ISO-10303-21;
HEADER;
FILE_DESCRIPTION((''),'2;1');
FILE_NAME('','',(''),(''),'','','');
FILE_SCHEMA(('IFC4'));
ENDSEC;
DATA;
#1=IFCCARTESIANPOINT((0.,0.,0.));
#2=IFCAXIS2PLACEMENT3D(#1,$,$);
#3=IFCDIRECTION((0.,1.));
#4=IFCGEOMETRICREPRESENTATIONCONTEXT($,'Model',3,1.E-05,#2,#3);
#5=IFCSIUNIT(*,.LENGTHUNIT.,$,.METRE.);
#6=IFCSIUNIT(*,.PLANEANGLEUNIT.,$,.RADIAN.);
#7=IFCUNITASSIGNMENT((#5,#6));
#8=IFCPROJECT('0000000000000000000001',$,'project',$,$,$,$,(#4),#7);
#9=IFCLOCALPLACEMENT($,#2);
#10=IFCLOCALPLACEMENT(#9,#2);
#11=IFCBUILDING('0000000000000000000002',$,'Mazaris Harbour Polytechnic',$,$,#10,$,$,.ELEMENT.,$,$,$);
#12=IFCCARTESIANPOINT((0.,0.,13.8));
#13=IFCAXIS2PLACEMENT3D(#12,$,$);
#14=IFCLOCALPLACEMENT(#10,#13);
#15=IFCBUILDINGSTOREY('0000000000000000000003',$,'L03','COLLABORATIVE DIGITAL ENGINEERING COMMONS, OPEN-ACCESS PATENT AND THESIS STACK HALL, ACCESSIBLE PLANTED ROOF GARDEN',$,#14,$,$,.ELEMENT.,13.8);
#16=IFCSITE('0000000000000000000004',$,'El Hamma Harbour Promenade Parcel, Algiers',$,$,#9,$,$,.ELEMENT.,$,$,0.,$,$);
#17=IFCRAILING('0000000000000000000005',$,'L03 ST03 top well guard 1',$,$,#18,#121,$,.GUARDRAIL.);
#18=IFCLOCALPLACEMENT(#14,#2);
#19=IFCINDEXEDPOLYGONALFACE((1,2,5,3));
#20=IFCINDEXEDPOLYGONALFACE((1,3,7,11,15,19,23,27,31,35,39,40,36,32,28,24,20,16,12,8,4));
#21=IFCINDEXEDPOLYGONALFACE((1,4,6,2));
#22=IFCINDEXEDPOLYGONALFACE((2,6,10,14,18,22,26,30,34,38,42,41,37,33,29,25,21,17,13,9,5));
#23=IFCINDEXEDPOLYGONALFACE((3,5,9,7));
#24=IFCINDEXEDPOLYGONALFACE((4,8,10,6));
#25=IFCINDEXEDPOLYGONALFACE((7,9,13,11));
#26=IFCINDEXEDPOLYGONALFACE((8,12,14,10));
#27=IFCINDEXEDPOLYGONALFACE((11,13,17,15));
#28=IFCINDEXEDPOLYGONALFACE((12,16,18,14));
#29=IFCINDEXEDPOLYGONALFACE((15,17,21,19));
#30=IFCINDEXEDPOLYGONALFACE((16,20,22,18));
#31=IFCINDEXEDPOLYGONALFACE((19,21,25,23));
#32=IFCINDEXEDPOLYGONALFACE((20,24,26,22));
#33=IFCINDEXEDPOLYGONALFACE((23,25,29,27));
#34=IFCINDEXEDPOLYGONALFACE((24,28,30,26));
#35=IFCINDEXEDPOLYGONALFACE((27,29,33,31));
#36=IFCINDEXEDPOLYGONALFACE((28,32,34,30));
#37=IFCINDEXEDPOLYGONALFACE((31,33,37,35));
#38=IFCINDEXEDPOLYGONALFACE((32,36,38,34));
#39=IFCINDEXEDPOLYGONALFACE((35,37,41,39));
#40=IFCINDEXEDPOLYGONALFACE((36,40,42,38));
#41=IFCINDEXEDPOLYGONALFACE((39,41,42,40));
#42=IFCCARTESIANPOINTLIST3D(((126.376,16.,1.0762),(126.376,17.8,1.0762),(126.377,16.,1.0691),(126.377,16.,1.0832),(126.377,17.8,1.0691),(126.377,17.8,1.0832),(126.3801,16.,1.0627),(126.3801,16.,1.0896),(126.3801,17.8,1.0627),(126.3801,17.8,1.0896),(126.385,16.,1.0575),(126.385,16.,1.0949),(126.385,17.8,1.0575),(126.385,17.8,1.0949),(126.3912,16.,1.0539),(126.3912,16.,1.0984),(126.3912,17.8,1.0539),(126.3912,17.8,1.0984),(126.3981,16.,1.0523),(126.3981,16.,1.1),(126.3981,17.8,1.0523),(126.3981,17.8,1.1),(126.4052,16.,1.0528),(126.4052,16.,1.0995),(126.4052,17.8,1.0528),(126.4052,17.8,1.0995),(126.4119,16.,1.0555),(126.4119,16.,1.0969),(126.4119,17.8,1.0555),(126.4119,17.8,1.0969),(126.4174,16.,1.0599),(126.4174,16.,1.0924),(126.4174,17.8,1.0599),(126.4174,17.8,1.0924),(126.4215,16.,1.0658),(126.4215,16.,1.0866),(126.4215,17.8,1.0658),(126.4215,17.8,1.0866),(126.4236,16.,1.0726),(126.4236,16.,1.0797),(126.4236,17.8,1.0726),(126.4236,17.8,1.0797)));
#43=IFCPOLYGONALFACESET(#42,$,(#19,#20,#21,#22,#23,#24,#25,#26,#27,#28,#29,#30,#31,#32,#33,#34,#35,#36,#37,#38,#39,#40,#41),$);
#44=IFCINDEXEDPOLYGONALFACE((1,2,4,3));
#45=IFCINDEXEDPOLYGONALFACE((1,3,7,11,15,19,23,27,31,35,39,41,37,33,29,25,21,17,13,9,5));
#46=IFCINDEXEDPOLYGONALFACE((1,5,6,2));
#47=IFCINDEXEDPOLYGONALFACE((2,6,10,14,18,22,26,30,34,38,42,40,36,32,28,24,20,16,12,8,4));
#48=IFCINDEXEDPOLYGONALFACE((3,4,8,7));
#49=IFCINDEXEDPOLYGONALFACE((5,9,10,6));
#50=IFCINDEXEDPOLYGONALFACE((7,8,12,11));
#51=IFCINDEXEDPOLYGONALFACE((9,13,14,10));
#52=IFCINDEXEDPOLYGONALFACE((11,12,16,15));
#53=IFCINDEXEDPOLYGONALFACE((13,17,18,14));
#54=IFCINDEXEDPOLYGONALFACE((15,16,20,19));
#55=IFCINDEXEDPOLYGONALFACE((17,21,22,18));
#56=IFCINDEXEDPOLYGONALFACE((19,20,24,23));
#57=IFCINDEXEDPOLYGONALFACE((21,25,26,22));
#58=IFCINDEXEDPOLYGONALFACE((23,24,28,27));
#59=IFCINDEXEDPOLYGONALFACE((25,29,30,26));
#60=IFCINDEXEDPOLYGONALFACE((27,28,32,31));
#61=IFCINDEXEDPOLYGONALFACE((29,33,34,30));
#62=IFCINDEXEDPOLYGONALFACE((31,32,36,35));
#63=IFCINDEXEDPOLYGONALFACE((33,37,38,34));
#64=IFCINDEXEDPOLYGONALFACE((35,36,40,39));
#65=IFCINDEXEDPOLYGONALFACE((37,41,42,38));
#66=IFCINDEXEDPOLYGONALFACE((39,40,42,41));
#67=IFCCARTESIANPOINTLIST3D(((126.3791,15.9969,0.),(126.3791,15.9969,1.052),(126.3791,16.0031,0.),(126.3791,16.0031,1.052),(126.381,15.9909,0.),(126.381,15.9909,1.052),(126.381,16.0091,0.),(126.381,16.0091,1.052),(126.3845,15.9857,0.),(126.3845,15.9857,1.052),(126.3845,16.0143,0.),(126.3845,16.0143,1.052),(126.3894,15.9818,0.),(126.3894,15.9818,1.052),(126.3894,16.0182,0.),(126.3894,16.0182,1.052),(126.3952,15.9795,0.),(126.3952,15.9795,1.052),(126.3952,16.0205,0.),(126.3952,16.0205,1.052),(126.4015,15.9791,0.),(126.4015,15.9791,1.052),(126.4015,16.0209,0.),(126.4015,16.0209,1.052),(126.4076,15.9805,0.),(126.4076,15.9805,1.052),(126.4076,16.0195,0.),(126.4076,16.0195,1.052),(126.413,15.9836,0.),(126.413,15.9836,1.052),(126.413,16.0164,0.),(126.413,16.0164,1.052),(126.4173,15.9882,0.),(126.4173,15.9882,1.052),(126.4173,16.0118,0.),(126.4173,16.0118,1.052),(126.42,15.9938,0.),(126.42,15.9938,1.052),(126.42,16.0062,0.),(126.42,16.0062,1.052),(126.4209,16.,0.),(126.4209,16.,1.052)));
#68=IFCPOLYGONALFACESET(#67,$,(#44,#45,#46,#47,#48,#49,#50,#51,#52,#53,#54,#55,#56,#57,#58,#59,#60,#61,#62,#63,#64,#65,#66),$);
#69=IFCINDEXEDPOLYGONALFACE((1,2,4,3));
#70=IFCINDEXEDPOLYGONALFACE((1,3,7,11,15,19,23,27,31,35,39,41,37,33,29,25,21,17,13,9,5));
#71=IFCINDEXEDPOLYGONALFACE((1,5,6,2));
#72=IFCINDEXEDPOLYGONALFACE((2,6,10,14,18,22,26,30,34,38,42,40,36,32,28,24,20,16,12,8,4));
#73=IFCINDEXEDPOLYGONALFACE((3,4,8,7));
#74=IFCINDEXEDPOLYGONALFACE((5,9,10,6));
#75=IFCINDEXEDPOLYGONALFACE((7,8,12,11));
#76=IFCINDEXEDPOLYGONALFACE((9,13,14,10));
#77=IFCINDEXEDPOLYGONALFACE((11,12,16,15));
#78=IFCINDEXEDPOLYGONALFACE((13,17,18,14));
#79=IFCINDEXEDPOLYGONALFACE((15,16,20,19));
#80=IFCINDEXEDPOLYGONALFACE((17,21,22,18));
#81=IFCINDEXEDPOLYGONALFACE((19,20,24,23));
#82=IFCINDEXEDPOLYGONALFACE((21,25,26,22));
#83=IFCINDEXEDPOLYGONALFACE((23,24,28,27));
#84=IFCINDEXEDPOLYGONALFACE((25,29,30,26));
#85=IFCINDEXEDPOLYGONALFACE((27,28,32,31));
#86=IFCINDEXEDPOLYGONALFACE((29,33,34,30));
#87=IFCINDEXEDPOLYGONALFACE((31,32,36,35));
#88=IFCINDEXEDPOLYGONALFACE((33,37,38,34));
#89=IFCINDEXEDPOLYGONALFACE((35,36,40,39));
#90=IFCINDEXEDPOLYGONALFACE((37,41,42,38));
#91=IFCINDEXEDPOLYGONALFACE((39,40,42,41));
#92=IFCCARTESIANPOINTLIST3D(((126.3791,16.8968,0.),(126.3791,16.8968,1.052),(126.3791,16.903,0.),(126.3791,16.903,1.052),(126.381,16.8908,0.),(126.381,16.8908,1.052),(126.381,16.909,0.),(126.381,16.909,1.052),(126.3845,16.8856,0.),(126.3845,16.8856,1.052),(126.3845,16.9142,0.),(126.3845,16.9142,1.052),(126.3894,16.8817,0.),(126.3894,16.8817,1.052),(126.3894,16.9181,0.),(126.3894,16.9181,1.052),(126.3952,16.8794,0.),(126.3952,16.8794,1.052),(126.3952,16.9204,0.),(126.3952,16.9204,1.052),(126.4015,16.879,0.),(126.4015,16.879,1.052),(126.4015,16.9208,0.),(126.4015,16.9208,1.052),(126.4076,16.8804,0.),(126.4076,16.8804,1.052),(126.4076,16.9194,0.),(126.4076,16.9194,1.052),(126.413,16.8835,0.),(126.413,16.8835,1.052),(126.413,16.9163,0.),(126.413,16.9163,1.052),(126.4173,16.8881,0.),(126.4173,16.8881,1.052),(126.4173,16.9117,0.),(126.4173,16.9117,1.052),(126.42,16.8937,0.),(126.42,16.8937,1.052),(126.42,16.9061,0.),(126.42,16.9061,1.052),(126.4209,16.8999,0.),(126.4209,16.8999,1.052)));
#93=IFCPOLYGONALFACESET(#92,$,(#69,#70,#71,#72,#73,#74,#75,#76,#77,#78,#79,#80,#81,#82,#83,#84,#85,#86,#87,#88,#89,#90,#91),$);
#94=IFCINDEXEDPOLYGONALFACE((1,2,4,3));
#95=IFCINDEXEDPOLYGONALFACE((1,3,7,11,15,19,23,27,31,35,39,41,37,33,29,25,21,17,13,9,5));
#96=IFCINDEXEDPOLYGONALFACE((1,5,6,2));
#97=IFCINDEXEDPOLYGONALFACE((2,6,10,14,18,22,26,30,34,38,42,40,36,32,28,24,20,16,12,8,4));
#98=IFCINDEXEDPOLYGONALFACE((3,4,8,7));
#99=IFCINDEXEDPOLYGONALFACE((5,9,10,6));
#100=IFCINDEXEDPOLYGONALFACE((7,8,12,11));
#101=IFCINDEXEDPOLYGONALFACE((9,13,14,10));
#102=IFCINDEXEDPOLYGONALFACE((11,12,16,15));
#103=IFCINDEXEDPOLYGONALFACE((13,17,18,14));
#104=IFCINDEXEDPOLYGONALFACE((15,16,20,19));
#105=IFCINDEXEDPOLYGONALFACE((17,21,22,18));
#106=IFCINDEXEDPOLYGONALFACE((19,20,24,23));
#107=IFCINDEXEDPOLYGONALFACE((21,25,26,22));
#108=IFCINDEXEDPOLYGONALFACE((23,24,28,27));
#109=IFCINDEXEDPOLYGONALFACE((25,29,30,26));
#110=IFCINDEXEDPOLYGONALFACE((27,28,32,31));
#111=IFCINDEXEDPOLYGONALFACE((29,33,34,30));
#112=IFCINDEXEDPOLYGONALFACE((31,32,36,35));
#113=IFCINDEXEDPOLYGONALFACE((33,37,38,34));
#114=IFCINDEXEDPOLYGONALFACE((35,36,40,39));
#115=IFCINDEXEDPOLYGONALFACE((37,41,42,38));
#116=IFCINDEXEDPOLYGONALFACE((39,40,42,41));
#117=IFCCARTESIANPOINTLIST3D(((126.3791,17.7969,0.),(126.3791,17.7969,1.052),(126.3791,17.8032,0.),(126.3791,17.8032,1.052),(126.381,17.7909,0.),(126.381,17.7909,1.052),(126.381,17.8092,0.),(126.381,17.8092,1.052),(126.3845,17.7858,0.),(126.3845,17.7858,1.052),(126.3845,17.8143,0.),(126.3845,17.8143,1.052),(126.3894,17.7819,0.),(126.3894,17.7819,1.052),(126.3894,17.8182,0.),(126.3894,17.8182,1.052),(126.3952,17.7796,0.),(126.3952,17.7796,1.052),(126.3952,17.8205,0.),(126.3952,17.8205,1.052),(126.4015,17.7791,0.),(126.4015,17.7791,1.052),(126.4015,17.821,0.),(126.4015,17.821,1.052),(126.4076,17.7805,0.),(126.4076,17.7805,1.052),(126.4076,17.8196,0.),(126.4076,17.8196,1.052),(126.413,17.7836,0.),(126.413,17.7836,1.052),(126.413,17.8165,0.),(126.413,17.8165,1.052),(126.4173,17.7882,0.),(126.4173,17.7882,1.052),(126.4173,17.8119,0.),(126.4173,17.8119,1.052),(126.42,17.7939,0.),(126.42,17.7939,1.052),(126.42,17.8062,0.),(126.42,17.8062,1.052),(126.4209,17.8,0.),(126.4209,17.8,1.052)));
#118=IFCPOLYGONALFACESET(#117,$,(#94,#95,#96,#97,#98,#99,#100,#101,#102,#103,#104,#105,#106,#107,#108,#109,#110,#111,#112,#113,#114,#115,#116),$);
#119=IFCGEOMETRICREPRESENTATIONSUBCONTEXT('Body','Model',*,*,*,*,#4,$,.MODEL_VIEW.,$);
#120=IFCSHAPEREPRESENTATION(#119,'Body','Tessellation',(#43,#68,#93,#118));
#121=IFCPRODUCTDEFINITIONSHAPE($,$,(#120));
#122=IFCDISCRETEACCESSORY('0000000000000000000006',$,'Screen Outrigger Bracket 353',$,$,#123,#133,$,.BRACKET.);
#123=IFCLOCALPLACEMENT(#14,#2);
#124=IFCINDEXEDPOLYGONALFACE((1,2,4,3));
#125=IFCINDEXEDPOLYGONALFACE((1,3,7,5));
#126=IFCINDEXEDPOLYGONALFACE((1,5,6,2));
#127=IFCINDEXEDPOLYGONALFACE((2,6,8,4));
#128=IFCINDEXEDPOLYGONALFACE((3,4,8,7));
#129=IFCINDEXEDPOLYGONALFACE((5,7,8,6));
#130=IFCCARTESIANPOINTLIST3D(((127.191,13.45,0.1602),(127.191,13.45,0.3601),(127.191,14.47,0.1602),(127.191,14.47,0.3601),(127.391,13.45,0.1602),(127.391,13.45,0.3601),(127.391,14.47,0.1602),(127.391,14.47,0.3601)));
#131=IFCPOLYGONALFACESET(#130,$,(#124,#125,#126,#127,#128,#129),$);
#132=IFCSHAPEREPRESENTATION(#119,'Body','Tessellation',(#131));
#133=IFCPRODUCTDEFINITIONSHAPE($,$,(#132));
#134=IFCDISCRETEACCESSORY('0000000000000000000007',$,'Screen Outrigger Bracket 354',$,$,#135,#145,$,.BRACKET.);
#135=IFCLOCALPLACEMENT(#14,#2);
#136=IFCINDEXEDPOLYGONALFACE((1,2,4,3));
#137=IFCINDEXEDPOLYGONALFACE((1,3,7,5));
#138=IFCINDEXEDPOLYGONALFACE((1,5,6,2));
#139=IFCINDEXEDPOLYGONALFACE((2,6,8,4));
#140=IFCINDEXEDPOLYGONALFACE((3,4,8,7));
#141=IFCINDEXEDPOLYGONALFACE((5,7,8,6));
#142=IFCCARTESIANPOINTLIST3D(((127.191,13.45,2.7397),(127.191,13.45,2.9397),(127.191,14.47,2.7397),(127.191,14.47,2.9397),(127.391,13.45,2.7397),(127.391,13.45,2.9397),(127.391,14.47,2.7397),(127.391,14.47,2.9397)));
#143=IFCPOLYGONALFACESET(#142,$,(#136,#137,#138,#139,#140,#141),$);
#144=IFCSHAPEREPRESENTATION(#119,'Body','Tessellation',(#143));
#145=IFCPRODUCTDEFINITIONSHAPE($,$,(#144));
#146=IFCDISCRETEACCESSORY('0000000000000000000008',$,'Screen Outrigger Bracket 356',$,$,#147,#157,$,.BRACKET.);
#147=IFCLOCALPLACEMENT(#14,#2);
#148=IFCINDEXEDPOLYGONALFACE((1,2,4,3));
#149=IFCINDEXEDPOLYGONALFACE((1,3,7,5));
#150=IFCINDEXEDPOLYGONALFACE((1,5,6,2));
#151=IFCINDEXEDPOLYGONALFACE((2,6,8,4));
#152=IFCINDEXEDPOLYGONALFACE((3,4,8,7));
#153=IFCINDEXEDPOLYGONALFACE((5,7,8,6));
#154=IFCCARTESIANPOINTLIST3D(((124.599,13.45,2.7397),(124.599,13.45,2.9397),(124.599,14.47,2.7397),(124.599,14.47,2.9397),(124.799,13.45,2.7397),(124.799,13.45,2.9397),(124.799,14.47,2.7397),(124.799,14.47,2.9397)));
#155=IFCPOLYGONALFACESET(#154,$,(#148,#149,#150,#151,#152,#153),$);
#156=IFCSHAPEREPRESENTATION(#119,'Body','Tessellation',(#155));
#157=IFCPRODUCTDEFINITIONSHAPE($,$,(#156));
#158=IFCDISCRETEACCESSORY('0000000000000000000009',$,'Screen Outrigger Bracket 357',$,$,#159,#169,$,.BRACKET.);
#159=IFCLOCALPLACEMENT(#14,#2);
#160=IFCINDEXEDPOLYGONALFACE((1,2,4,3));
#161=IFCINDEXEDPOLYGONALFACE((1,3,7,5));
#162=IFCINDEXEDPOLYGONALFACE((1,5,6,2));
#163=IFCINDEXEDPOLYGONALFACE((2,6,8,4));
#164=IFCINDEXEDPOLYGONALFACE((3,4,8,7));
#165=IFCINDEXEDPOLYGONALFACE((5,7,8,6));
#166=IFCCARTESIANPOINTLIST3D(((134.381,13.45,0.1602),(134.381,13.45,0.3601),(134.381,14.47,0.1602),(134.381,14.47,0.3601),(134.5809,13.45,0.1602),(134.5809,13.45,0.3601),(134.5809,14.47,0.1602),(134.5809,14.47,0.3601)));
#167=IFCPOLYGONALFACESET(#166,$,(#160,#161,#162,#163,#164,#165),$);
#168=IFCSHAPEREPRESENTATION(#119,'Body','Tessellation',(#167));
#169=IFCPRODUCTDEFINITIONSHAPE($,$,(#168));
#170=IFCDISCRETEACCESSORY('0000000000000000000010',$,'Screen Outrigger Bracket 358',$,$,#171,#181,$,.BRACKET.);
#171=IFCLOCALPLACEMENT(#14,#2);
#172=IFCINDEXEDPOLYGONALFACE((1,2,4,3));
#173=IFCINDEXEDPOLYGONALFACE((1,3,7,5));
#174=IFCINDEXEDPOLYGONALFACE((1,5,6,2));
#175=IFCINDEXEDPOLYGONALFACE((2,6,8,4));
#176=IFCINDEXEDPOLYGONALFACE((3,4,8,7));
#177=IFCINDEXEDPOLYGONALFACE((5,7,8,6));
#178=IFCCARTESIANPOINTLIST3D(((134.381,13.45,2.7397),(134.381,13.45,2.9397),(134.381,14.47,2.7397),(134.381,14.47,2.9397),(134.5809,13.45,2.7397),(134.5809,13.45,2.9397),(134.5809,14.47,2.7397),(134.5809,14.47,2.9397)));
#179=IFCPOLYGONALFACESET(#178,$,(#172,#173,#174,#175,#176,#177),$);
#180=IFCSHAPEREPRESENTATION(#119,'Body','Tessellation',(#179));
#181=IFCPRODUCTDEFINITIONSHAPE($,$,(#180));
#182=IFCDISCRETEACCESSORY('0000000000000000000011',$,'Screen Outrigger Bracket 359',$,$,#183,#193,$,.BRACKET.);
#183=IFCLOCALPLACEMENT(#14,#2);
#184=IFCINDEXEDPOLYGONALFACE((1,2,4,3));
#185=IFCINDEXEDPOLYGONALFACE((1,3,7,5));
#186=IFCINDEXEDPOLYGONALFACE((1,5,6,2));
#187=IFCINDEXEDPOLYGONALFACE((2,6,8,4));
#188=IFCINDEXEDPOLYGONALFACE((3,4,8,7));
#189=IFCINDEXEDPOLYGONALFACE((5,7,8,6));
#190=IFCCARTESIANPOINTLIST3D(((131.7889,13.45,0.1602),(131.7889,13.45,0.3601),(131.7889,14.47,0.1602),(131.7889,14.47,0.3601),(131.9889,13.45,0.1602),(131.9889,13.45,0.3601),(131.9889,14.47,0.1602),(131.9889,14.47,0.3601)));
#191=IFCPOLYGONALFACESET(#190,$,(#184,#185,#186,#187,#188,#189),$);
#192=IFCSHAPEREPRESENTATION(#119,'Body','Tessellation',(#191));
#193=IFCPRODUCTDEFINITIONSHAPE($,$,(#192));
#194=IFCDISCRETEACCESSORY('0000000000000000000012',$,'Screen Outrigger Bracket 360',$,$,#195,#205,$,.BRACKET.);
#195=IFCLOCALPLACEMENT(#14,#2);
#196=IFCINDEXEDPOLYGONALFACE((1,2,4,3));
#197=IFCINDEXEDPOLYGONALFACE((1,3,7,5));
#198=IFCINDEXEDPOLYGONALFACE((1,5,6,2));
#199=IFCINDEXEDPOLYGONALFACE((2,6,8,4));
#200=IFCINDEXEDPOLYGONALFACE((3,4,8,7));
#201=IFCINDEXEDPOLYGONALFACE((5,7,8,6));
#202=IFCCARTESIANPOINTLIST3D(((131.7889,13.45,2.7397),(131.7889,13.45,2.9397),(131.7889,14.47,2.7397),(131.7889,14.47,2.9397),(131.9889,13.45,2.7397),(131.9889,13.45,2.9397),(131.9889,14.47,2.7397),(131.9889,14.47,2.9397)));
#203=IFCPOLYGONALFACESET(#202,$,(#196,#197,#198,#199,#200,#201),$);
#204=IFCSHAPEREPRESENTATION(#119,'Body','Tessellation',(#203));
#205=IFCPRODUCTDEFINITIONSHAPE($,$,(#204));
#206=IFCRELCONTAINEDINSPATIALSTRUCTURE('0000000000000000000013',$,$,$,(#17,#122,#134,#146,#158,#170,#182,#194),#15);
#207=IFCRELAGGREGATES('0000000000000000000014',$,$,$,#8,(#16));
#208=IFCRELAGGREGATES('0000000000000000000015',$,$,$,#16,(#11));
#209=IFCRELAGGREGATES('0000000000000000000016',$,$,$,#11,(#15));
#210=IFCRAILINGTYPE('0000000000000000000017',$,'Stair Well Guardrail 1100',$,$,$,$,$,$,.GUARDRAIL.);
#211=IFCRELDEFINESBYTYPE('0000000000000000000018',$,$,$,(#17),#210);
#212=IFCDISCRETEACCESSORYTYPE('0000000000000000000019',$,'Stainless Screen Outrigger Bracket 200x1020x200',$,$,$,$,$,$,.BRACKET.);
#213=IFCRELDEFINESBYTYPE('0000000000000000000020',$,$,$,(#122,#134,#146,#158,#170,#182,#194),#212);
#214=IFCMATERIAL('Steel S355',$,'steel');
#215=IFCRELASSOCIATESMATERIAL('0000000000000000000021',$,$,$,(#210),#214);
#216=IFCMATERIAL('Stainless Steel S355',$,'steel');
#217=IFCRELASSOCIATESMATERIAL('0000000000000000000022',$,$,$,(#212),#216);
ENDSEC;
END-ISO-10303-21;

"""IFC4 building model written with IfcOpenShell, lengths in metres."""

from ifc_helpers import new_model, si_unit, direction, frame, origin, origin_2d, place, context, subcontext, project, spatial, rectangle, circle, extrude, material, type_object, element, save


model = new_model("IFC4")

# Units and contexts
model_context = context("Model", 3, precision=1e-05, world=origin(), true_north=direction((0.0, 1.0)))
body_context = subcontext(model_context, "Body", "Model", "MODEL_VIEW")
ifc_project = project(units=[si_unit("LENGTHUNIT", "METRE"), si_unit("PLANEANGLEUNIT", "RADIAN")], contexts=[model_context])

# Site, building, storey
site_placement = place(None, origin())
site = spatial("IfcSite", under=ifc_project, at=site_placement, Name="El Hamma Harbour Promenade Parcel, Algiers", CompositionType="ELEMENT", RefElevation=0.0)
building_placement = place(site_placement, origin())
building = spatial("IfcBuilding", under=site, at=building_placement, Name="Mazaris Harbour Polytechnic", CompositionType="ELEMENT")
storey_placement = place(building_placement, frame((0.0, 0.0, 13.8)))
storey = spatial("IfcBuildingStorey", under=building, at=storey_placement, Name="L03", Description="COLLABORATIVE DIGITAL ENGINEERING COMMONS, OPEN-ACCESS PATENT AND THESIS STACK HALL, ACCESSIBLE PLANTED ROOF GARDEN", CompositionType="ELEMENT", Elevation=13.8)

# Railing
ifc_material_1 = material(Name="Steel S355", Category="steel")
railing_type_1 = type_object("IfcRailingType", Name="Stair Well Guardrail 1100", PredefinedType="GUARDRAIL", material=ifc_material_1)
railing_placement = place(storey_placement, frame((126.3999, 16.0, 0.0)))
element("IfcRailing", 1, at=railing_placement, inside=storey, type_object=railing_type_1, Name="L03 ST03 top well guard 1", PredefinedType="GUARDRAIL", context=body_context, shape_type="SweptSolid", body=[
    extrude(circle(Radius=0.0239, at=origin_2d()), frame((0.0, 0.0, 1.0762), z_axis=(0.0, 1.0, 0.0), x_axis=(-1.0, 0.0, 0.0)), (0.0, 0.0, 1.0), 1.8),
    extrude(circle(Radius=0.021, at=origin_2d()), origin(), (0.0, 0.0, 1.0), 1.052),
    extrude(circle(Radius=0.021, at=origin_2d()), frame((0.0, 0.8999, 0.0)), (0.0, 0.0, 1.0), 1.052),
    extrude(circle(Radius=0.021, at=origin_2d()), frame((0.0, 1.8, 0.0)), (0.0, 0.0, 1.0), 1.052),
])

# Discrete accessories
ifc_material_2 = material(Name="Stainless Steel S355", Category="steel")
discrete_accessory_type = type_object("IfcDiscreteAccessoryType", Name="Stainless Screen Outrigger Bracket 200x1020x200", PredefinedType="BRACKET", material=ifc_material_2)
for number, where, z_axis, x_axis, name in (
    (2, (127.291, 13.96, 0.1602), (0.0, 0.0, 1.0), (-1.0, 0.0, 0.0), "Screen Outrigger Bracket 353"),
    (3, (127.291, 13.96, 2.7397), (0.0, 0.0, 1.0), (-1.0, 0.0, 0.0), "Screen Outrigger Bracket 354"),
    (4, (124.699, 13.96, 2.7397), (0.0, 0.0, 1.0), (-1.0, 0.0, 0.0), "Screen Outrigger Bracket 356"),
    (5, (134.481, 13.96, 0.1602), (0.0, 0.0, 1.0), (-1.0, 0.0, 0.0), "Screen Outrigger Bracket 357"),
    (6, (134.481, 13.96, 2.7397), (0.0, 0.0, 1.0), (-1.0, 0.0, 0.0), "Screen Outrigger Bracket 358"),
    (7, (131.8889, 13.96, 0.1602), (0.0, 0.0, 1.0), (-1.0, 0.0, 0.0), "Screen Outrigger Bracket 359"),
    (8, (131.8889, 13.96, 2.7397), (0.0, 0.0, 1.0), (-1.0, 0.0, 0.0), "Screen Outrigger Bracket 360"),
):
    element("IfcDiscreteAccessory", number, at=place(storey_placement, frame(where, z_axis=z_axis, x_axis=x_axis)), inside=storey, type_object=discrete_accessory_type, Name=name, PredefinedType="BRACKET", context=body_context, shape_type="SweptSolid", body=[
        extrude(rectangle(XDim=0.2, YDim=1.02, at=origin_2d()), origin(), (0.0, 0.0, 1.0), 0.2),
    ])

save(model, "model.ifc")
